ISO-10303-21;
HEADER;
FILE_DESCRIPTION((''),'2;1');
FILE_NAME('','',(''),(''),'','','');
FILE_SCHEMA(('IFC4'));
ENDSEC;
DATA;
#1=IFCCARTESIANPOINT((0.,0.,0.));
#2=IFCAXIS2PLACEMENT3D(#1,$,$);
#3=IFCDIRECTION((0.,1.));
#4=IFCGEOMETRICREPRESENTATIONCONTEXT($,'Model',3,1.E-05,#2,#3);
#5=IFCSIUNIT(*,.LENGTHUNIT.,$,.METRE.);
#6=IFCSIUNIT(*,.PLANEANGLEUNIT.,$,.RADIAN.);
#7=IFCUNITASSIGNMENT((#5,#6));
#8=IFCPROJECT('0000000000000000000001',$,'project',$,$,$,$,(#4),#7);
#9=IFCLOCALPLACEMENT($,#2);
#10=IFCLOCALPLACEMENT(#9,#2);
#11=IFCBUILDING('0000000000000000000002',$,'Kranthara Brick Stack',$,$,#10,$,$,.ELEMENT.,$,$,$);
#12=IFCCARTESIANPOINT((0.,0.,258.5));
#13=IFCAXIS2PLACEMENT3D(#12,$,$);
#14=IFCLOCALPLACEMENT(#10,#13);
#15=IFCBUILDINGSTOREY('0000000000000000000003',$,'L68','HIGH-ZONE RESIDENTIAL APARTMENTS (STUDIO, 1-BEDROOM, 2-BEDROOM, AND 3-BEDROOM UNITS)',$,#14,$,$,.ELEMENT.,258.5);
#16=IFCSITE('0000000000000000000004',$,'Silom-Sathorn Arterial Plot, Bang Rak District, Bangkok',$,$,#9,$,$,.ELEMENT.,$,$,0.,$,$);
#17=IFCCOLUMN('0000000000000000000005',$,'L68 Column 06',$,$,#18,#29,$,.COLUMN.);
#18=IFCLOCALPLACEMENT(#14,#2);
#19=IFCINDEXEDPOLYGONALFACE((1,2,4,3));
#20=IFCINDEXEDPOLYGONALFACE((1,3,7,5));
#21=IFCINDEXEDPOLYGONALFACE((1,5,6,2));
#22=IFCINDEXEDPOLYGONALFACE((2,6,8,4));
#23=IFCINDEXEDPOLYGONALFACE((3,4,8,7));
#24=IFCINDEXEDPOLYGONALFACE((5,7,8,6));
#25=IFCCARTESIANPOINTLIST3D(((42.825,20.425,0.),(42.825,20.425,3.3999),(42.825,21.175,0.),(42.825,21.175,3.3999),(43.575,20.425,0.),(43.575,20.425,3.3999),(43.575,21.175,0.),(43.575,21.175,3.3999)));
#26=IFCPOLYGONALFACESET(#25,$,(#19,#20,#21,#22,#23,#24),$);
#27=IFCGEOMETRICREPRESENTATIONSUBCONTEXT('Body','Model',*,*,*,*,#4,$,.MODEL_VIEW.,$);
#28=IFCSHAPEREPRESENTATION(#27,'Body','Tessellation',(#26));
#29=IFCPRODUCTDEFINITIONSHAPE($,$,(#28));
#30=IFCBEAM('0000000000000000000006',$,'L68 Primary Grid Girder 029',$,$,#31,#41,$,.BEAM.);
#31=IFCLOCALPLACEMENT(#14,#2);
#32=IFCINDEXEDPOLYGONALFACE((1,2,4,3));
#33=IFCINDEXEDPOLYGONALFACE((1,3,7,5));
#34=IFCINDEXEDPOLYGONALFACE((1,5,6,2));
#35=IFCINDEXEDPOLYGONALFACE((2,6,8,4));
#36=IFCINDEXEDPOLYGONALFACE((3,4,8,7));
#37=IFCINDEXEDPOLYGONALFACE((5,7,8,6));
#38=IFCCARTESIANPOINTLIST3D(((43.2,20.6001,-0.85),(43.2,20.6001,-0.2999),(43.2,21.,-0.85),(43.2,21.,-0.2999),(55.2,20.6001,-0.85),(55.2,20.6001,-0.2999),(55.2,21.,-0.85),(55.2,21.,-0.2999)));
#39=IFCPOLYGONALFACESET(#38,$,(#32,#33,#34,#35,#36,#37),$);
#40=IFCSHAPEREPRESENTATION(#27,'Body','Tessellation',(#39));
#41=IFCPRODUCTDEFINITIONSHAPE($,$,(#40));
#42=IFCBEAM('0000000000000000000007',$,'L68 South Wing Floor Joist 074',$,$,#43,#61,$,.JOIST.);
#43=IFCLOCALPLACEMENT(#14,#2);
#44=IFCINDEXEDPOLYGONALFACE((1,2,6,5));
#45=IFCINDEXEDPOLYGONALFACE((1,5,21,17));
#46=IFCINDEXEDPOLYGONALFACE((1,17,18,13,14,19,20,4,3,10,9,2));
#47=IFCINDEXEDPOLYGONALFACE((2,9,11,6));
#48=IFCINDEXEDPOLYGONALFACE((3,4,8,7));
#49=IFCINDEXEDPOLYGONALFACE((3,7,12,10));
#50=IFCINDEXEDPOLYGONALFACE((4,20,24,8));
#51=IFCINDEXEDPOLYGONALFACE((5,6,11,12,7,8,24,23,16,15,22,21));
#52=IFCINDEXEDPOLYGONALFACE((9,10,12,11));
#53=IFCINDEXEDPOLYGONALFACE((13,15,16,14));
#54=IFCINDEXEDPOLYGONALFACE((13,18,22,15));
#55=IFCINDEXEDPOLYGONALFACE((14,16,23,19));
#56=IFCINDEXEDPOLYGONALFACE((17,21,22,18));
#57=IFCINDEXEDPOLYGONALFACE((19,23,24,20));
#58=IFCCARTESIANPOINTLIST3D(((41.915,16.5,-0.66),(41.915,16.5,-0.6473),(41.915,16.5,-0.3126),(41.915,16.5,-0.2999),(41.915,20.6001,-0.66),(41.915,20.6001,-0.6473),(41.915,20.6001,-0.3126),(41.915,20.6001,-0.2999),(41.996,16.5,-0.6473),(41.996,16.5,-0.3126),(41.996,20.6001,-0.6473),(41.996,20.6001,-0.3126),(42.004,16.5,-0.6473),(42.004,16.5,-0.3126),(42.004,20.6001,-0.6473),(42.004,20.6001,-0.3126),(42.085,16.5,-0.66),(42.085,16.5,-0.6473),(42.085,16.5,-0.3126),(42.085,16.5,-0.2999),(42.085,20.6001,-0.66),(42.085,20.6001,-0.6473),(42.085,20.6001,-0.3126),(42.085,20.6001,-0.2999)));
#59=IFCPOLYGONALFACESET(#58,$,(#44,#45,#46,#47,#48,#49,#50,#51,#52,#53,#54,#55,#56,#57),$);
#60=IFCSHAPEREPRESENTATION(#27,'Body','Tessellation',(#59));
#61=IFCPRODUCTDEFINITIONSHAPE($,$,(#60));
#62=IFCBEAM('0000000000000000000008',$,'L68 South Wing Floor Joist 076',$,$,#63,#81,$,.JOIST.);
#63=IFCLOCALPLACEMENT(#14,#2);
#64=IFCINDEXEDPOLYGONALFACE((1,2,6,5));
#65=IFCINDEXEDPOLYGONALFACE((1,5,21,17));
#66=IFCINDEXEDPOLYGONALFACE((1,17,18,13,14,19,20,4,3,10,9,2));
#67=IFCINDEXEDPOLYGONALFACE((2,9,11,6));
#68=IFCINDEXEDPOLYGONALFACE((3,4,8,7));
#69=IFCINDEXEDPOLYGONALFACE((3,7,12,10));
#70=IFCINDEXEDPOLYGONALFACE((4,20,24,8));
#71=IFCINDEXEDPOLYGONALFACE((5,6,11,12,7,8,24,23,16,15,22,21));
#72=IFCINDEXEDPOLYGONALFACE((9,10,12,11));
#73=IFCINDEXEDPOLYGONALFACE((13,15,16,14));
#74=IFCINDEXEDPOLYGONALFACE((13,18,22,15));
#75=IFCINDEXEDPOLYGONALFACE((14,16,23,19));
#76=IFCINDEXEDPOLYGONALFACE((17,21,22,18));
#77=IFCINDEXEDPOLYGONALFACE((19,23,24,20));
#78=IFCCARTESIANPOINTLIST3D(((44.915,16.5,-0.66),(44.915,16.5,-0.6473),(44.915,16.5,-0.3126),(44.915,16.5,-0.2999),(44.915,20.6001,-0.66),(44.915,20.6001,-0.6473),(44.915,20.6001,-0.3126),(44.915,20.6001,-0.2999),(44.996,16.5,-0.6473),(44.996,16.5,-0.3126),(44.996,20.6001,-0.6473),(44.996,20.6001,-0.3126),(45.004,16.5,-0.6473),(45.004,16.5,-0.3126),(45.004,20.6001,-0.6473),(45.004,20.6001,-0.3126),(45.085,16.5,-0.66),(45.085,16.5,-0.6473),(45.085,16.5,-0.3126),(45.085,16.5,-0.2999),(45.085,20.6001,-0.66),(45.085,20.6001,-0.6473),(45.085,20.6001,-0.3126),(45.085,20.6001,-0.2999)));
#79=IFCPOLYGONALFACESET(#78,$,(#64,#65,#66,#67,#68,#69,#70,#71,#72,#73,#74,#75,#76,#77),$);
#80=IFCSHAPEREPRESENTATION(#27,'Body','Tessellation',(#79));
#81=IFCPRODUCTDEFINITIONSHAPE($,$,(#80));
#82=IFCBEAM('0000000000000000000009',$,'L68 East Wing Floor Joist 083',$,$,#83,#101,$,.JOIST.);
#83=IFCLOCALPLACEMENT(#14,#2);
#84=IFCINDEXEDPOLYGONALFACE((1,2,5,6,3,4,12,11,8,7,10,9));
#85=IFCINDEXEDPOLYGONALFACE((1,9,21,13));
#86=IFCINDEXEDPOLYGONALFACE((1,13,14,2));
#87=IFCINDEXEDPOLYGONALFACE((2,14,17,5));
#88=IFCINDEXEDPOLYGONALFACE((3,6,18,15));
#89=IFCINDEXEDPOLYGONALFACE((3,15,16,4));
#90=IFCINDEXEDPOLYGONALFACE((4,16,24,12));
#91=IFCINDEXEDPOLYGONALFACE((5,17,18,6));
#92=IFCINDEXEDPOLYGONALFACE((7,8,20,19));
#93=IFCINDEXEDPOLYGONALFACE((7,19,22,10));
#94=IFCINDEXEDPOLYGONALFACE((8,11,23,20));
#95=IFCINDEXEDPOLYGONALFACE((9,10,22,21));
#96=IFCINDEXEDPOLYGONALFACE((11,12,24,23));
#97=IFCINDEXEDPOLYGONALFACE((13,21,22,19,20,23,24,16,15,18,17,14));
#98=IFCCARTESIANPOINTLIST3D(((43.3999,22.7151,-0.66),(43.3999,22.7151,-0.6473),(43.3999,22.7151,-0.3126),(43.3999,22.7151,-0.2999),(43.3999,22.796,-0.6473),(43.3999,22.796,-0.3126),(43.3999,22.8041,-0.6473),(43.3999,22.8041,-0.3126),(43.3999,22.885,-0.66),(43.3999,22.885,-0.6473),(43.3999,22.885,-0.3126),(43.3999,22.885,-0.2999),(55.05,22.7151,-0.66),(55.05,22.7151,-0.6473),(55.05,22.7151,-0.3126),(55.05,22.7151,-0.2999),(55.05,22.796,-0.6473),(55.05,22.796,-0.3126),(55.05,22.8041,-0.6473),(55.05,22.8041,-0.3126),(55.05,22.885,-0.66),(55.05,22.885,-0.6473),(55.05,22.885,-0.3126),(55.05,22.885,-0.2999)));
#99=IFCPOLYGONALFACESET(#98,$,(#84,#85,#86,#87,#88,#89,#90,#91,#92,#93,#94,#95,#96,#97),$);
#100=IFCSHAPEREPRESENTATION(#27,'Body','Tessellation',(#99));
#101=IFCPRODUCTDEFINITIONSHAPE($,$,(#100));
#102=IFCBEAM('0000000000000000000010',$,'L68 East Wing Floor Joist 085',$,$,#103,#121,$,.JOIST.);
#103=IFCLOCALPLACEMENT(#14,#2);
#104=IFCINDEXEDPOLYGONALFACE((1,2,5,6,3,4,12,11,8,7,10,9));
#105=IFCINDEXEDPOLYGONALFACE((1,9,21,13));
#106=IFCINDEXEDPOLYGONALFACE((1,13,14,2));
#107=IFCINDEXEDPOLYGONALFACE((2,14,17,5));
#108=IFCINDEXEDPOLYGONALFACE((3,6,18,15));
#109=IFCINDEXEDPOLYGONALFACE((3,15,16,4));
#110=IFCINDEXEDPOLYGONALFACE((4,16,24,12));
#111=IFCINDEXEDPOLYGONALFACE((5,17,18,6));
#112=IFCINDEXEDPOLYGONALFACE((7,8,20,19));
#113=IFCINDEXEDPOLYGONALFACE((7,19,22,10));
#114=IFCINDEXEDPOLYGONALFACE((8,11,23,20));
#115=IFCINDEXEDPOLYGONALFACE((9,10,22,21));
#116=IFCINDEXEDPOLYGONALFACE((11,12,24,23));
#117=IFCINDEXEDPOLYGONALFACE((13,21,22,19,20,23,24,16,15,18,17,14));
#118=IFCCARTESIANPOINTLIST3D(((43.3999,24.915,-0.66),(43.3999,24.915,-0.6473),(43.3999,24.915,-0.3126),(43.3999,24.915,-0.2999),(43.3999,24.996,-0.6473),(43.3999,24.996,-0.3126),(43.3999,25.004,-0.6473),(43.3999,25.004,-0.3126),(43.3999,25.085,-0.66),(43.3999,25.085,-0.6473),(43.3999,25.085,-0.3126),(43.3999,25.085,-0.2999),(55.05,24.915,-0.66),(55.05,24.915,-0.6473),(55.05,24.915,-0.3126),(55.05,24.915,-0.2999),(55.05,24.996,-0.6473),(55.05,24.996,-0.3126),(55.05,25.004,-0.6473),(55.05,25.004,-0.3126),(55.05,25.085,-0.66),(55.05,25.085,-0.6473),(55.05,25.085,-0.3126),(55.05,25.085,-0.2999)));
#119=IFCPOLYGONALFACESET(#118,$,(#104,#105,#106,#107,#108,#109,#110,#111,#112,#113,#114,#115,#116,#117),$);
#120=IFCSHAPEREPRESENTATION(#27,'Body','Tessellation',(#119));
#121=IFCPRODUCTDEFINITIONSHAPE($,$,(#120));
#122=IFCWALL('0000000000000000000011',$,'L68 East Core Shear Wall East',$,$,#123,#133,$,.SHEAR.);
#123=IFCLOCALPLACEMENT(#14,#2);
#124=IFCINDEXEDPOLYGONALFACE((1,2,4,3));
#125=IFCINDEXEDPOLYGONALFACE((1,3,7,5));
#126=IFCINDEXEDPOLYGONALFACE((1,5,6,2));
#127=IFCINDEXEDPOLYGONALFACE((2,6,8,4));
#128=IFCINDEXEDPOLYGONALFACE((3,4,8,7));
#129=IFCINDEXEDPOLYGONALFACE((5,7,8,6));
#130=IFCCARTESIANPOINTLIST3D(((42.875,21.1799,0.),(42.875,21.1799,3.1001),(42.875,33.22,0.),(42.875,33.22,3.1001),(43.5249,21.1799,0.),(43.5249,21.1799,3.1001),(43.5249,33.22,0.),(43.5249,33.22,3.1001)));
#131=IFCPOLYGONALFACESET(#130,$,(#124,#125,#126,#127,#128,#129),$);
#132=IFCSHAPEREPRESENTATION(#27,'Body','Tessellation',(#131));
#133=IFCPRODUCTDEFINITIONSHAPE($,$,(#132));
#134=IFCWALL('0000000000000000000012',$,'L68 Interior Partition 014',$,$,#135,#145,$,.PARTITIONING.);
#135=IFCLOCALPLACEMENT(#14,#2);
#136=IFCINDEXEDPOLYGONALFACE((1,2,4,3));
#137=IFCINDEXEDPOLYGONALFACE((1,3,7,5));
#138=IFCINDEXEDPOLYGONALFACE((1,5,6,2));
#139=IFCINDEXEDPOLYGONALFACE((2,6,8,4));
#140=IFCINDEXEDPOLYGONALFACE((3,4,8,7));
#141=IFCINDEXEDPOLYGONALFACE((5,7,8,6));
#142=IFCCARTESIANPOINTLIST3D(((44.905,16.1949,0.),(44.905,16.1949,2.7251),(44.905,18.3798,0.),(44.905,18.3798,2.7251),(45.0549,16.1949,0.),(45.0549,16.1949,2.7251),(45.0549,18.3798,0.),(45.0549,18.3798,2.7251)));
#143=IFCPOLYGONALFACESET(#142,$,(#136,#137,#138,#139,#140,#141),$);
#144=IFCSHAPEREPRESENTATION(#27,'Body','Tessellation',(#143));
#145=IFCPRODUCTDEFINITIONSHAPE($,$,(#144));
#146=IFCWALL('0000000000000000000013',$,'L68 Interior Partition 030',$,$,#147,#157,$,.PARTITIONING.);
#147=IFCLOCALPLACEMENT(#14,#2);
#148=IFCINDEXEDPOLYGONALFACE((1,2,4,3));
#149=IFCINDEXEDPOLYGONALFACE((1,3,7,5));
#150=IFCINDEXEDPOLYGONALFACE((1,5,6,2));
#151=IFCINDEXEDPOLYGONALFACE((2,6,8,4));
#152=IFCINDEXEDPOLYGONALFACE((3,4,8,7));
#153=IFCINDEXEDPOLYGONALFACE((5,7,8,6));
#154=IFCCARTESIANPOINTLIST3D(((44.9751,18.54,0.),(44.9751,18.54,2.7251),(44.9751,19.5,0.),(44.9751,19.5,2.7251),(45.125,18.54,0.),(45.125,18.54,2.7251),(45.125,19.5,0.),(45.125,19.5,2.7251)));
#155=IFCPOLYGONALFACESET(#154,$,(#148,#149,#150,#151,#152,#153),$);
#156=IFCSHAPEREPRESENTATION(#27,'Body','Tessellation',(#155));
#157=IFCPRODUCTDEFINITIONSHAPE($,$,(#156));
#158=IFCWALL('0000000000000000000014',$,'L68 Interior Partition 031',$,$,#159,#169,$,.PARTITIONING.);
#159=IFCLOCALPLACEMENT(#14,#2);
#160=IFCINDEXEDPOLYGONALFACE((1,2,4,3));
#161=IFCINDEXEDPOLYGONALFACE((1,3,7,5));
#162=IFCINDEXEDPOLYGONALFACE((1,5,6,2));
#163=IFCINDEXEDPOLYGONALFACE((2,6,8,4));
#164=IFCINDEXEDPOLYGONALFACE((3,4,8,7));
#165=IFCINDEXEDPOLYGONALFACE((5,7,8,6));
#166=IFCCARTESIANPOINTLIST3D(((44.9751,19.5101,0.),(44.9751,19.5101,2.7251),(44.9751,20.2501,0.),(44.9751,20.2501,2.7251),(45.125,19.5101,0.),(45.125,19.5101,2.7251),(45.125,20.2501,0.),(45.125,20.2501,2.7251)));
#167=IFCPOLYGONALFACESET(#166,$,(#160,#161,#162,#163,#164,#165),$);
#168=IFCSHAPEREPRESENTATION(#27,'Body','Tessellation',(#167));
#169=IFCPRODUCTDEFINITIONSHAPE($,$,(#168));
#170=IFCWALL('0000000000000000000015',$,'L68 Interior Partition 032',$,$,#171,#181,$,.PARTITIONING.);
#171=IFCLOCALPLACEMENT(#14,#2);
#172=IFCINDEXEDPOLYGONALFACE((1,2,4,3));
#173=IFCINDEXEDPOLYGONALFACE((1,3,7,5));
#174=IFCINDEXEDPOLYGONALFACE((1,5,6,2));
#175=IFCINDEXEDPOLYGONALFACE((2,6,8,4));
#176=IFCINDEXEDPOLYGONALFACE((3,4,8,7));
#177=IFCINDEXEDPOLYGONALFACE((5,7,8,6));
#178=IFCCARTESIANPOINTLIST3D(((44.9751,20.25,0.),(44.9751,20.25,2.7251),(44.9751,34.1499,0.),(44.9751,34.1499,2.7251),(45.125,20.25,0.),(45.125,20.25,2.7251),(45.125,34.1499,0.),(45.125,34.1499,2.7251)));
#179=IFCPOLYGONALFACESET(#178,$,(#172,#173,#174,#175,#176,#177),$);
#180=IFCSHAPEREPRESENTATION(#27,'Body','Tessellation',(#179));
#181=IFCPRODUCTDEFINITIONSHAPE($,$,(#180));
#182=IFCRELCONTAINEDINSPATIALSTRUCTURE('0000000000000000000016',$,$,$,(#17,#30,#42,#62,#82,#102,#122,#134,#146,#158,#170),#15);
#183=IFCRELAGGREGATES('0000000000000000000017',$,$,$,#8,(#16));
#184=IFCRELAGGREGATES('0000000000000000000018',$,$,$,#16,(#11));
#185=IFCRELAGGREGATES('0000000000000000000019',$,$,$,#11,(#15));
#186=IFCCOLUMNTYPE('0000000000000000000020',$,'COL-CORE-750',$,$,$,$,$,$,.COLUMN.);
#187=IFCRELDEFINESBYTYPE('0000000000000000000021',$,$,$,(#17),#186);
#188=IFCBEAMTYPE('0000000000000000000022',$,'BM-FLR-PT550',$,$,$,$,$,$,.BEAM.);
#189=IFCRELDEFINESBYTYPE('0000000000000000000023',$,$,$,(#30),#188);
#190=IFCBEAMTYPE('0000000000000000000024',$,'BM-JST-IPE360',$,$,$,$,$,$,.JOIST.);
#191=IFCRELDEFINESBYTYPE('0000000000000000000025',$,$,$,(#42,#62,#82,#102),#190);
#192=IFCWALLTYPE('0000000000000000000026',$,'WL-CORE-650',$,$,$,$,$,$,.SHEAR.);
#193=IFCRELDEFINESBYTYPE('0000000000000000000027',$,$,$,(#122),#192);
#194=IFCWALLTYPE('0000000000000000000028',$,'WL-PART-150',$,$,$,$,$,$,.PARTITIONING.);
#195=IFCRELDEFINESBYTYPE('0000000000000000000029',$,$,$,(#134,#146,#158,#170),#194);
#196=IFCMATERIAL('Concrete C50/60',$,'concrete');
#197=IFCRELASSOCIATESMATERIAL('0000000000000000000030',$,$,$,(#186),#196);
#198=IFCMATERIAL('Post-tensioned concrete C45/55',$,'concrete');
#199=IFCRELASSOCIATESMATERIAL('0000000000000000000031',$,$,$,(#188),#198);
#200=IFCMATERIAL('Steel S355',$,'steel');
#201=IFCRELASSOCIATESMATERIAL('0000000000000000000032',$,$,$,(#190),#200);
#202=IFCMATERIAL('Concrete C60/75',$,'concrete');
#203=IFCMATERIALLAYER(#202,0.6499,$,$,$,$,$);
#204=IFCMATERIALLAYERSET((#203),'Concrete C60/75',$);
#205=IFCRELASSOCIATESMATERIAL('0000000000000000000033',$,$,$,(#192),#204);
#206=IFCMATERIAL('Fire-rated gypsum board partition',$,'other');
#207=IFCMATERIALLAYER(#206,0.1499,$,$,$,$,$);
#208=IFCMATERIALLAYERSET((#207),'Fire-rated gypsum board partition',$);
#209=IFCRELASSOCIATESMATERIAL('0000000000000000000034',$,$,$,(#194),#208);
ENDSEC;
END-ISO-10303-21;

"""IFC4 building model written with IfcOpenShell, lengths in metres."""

from ifc_helpers import new_model, si_unit, direction, frame, frame_2d, origin, origin_2d, place, context, subcontext, project, spatial, rectangle, i_section, extrude, material, layer, layer_set, material_profile, profile_set, type_object, element, save


model = new_model("IFC4")

# Units and contexts
model_context = context("Model", 3, precision=1e-05, world=origin(), true_north=direction((0.0, 1.0)))
body_context = subcontext(model_context, "Body", "Model", "MODEL_VIEW")
ifc_project = project(units=[si_unit("LENGTHUNIT", "METRE"), si_unit("PLANEANGLEUNIT", "RADIAN")], contexts=[model_context])

# Site, building, storey
site_placement = place(None, origin())
site = spatial("IfcSite", under=ifc_project, at=site_placement, Name="Silom-Sathorn Arterial Plot, Bang Rak District, Bangkok", CompositionType="ELEMENT", RefElevation=0.0)
building_placement = place(site_placement, origin())
building = spatial("IfcBuilding", under=site, at=building_placement, Name="Kranthara Brick Stack", CompositionType="ELEMENT")
storey_placement = place(building_placement, frame((0.0, 0.0, 258.5)))
storey = spatial("IfcBuildingStorey", under=building, at=storey_placement, Name="L68", Description="HIGH-ZONE RESIDENTIAL APARTMENTS (STUDIO, 1-BEDROOM, 2-BEDROOM, AND 3-BEDROOM UNITS)", CompositionType="ELEMENT", Elevation=258.5)

# Column
ifc_material_1 = material(Name="Concrete C50/60", Category="concrete")
ifc_material_profile_1 = material_profile(ifc_material_1, rectangle(XDim=0.75, YDim=0.75, at=origin_2d()), Name="RC 750x750")
ifc_profile_set_1 = profile_set([ifc_material_profile_1], Name="Concrete C50/60")
column_type = type_object("IfcColumnType", Name="COL-CORE-750", PredefinedType="COLUMN", material=ifc_profile_set_1)
column_placement = place(storey_placement, frame((43.2, 20.8, 0.0), z_axis=(0.0, 0.0, 1.0), x_axis=(1.0, 0.0, 0.0)))
element("IfcColumn", 1, at=column_placement, inside=storey, type_object=column_type, Name="L68 Column 06", PredefinedType="COLUMN", context=body_context, shape_type="SweptSolid", body=[
    extrude(rectangle(XDim=0.75, YDim=0.75, at=origin_2d()), origin(), (0.0, 0.0, 1.0), 3.3999),
])

# Beams
ifc_material_2 = material(Name="Post-tensioned concrete C45/55", Category="concrete")
ifc_material_profile_2 = material_profile(ifc_material_2, rectangle(XDim=0.3999, YDim=0.55, at=origin_2d()), Name="PT 400x550")
ifc_profile_set_2 = profile_set([ifc_material_profile_2], Name="Post-tensioned concrete C45/55")
beam_type_1 = type_object("IfcBeamType", Name="BM-FLR-PT550", PredefinedType="BEAM", material=ifc_profile_set_2)
beam_placement = place(storey_placement, frame((43.2, 20.8, -0.575), z_axis=(1.0, 0.0, 0.0), x_axis=(0.0, 1.0, 0.0)))
element("IfcBeam", 2, at=beam_placement, inside=storey, type_object=beam_type_1, Name="L68 Primary Grid Girder 029", PredefinedType="BEAM", context=body_context, shape_type="SweptSolid", body=[
    extrude(rectangle(XDim=0.3999, YDim=0.55, at=origin_2d()), origin(), (0.0, 0.0, 1.0), 12.0),
])
ifc_material_3 = material(Name="Steel S355", Category="steel")
ifc_material_profile_3 = material_profile(ifc_material_3, i_section(OverallWidth=0.1699, OverallDepth=0.3601, WebThickness=0.0081, FlangeThickness=0.0127, at=origin_2d()), Name="IPE 360")
ifc_profile_set_3 = profile_set([ifc_material_profile_3], Name="Steel S355")
beam_type_2 = type_object("IfcBeamType", Name="BM-JST-IPE360", PredefinedType="JOIST", material=ifc_profile_set_3)
for number, where, z_axis, x_axis, name in (
    (3, (42.0, 16.5, -0.48), (0.0, 1.0, 0.0), (-1.0, 0.0, 0.0), "L68 South Wing Floor Joist 074"),
    (4, (45.0, 16.5, -0.48), (0.0, 1.0, 0.0), (-1.0, 0.0, 0.0), "L68 South Wing Floor Joist 076"),
):
    element("IfcBeam", number, at=place(storey_placement, frame(where, z_axis=z_axis, x_axis=x_axis)), inside=storey, type_object=beam_type_2, Name=name, PredefinedType="JOIST", context=body_context, shape_type="SweptSolid", body=[
        extrude(i_section(OverallWidth=0.1699, OverallDepth=0.3601, WebThickness=0.0081, FlangeThickness=0.0127, at=origin_2d()), origin(), (0.0, 0.0, 1.0), 4.1001),
    ])
for number, where, z_axis, x_axis, name in (
    (5, (43.3999, 22.8, -0.48), (1.0, 0.0, 0.0), (0.0, 1.0, 0.0), "L68 East Wing Floor Joist 083"),
    (6, (43.3999, 25.0, -0.48), (1.0, 0.0, 0.0), (0.0, 1.0, 0.0), "L68 East Wing Floor Joist 085"),
):
    element("IfcBeam", number, at=place(storey_placement, frame(where, z_axis=z_axis, x_axis=x_axis)), inside=storey, type_object=beam_type_2, Name=name, PredefinedType="JOIST", context=body_context, shape_type="SweptSolid", body=[
        extrude(i_section(OverallWidth=0.1699, OverallDepth=0.3601, WebThickness=0.0081, FlangeThickness=0.0127, at=origin_2d()), origin(), (0.0, 0.0, 1.0), 11.6501),
    ])

# Walls
ifc_material_4 = material(Name="Concrete C60/75", Category="concrete")
ifc_layer_1 = layer(ifc_material_4, 0.6499)
ifc_layer_set_1 = layer_set([ifc_layer_1], Name="Concrete C60/75")
wall_type_1 = type_object("IfcWallType", Name="WL-CORE-650", PredefinedType="SHEAR", material=ifc_layer_set_1)
wall_1_placement = place(storey_placement, frame((43.2, 21.1799, 0.0), z_axis=(0.0, 0.0, 1.0), x_axis=(0.0, 1.0, 0.0)))
element("IfcWall", 7, at=wall_1_placement, inside=storey, type_object=wall_type_1, Name="L68 East Core Shear Wall East", PredefinedType="SHEAR", context=body_context, shape_type="SweptSolid", body=[
    extrude(rectangle(XDim=12.04, YDim=0.6499, at=frame_2d((6.02, 0.0))), origin(), (0.0, 0.0, 1.0), 3.1001),
])
ifc_material_5 = material(Name="Fire-rated gypsum board partition", Category="other")
ifc_layer_2 = layer(ifc_material_5, 0.1499)
ifc_layer_set_2 = layer_set([ifc_layer_2], Name="Fire-rated gypsum board partition")
wall_type_2 = type_object("IfcWallType", Name="WL-PART-150", PredefinedType="PARTITIONING", material=ifc_layer_set_2)
wall_2_placement = place(storey_placement, frame((44.98, 16.1951, 0.0), z_axis=(0.0, 0.0, 1.0), x_axis=(0.0, 1.0, 0.0)))
element("IfcWall", 8, at=wall_2_placement, inside=storey, type_object=wall_type_2, Name="L68 Interior Partition 014", PredefinedType="PARTITIONING", context=body_context, shape_type="SweptSolid", body=[
    extrude(rectangle(XDim=2.1848, YDim=0.1499, at=frame_2d((1.0923, 0.0))), origin(), (0.0, 0.0, 1.0), 2.7251),
])
wall_3_placement = place(storey_placement, frame((45.05, 19.5, 0.0), z_axis=(0.0, 0.0, 1.0), x_axis=(0.0, -1.0, 0.0)))
element("IfcWall", 9, at=wall_3_placement, inside=storey, type_object=wall_type_2, Name="L68 Interior Partition 030", PredefinedType="PARTITIONING", context=body_context, shape_type="SweptSolid", body=[
    extrude(rectangle(XDim=0.96, YDim=0.1499, at=frame_2d((0.48, 0.0))), origin(), (0.0, 0.0, 1.0), 2.7251),
])
wall_4_placement = place(storey_placement, frame((45.05, 19.51, 0.0), z_axis=(0.0, 0.0, 1.0), x_axis=(0.0, 1.0, 0.0)))
element("IfcWall", 10, at=wall_4_placement, inside=storey, type_object=wall_type_2, Name="L68 Interior Partition 031", PredefinedType="PARTITIONING", context=body_context, shape_type="SweptSolid", body=[
    extrude(rectangle(XDim=0.74, YDim=0.1499, at=frame_2d((0.3701, 0.0))), origin(), (0.0, 0.0, 1.0), 2.7251),
])
wall_5_placement = place(storey_placement, frame((45.05, 20.25, 0.0), z_axis=(0.0, 0.0, 1.0), x_axis=(0.0, 1.0, 0.0)))
element("IfcWall", 11, at=wall_5_placement, inside=storey, type_object=wall_type_2, Name="L68 Interior Partition 032", PredefinedType="PARTITIONING", context=body_context, shape_type="SweptSolid", body=[
    extrude(rectangle(XDim=13.8999, YDim=0.1499, at=frame_2d((6.95, 0.0))), origin(), (0.0, 0.0, 1.0), 2.7251),
])

save(model, "model.ifc")
